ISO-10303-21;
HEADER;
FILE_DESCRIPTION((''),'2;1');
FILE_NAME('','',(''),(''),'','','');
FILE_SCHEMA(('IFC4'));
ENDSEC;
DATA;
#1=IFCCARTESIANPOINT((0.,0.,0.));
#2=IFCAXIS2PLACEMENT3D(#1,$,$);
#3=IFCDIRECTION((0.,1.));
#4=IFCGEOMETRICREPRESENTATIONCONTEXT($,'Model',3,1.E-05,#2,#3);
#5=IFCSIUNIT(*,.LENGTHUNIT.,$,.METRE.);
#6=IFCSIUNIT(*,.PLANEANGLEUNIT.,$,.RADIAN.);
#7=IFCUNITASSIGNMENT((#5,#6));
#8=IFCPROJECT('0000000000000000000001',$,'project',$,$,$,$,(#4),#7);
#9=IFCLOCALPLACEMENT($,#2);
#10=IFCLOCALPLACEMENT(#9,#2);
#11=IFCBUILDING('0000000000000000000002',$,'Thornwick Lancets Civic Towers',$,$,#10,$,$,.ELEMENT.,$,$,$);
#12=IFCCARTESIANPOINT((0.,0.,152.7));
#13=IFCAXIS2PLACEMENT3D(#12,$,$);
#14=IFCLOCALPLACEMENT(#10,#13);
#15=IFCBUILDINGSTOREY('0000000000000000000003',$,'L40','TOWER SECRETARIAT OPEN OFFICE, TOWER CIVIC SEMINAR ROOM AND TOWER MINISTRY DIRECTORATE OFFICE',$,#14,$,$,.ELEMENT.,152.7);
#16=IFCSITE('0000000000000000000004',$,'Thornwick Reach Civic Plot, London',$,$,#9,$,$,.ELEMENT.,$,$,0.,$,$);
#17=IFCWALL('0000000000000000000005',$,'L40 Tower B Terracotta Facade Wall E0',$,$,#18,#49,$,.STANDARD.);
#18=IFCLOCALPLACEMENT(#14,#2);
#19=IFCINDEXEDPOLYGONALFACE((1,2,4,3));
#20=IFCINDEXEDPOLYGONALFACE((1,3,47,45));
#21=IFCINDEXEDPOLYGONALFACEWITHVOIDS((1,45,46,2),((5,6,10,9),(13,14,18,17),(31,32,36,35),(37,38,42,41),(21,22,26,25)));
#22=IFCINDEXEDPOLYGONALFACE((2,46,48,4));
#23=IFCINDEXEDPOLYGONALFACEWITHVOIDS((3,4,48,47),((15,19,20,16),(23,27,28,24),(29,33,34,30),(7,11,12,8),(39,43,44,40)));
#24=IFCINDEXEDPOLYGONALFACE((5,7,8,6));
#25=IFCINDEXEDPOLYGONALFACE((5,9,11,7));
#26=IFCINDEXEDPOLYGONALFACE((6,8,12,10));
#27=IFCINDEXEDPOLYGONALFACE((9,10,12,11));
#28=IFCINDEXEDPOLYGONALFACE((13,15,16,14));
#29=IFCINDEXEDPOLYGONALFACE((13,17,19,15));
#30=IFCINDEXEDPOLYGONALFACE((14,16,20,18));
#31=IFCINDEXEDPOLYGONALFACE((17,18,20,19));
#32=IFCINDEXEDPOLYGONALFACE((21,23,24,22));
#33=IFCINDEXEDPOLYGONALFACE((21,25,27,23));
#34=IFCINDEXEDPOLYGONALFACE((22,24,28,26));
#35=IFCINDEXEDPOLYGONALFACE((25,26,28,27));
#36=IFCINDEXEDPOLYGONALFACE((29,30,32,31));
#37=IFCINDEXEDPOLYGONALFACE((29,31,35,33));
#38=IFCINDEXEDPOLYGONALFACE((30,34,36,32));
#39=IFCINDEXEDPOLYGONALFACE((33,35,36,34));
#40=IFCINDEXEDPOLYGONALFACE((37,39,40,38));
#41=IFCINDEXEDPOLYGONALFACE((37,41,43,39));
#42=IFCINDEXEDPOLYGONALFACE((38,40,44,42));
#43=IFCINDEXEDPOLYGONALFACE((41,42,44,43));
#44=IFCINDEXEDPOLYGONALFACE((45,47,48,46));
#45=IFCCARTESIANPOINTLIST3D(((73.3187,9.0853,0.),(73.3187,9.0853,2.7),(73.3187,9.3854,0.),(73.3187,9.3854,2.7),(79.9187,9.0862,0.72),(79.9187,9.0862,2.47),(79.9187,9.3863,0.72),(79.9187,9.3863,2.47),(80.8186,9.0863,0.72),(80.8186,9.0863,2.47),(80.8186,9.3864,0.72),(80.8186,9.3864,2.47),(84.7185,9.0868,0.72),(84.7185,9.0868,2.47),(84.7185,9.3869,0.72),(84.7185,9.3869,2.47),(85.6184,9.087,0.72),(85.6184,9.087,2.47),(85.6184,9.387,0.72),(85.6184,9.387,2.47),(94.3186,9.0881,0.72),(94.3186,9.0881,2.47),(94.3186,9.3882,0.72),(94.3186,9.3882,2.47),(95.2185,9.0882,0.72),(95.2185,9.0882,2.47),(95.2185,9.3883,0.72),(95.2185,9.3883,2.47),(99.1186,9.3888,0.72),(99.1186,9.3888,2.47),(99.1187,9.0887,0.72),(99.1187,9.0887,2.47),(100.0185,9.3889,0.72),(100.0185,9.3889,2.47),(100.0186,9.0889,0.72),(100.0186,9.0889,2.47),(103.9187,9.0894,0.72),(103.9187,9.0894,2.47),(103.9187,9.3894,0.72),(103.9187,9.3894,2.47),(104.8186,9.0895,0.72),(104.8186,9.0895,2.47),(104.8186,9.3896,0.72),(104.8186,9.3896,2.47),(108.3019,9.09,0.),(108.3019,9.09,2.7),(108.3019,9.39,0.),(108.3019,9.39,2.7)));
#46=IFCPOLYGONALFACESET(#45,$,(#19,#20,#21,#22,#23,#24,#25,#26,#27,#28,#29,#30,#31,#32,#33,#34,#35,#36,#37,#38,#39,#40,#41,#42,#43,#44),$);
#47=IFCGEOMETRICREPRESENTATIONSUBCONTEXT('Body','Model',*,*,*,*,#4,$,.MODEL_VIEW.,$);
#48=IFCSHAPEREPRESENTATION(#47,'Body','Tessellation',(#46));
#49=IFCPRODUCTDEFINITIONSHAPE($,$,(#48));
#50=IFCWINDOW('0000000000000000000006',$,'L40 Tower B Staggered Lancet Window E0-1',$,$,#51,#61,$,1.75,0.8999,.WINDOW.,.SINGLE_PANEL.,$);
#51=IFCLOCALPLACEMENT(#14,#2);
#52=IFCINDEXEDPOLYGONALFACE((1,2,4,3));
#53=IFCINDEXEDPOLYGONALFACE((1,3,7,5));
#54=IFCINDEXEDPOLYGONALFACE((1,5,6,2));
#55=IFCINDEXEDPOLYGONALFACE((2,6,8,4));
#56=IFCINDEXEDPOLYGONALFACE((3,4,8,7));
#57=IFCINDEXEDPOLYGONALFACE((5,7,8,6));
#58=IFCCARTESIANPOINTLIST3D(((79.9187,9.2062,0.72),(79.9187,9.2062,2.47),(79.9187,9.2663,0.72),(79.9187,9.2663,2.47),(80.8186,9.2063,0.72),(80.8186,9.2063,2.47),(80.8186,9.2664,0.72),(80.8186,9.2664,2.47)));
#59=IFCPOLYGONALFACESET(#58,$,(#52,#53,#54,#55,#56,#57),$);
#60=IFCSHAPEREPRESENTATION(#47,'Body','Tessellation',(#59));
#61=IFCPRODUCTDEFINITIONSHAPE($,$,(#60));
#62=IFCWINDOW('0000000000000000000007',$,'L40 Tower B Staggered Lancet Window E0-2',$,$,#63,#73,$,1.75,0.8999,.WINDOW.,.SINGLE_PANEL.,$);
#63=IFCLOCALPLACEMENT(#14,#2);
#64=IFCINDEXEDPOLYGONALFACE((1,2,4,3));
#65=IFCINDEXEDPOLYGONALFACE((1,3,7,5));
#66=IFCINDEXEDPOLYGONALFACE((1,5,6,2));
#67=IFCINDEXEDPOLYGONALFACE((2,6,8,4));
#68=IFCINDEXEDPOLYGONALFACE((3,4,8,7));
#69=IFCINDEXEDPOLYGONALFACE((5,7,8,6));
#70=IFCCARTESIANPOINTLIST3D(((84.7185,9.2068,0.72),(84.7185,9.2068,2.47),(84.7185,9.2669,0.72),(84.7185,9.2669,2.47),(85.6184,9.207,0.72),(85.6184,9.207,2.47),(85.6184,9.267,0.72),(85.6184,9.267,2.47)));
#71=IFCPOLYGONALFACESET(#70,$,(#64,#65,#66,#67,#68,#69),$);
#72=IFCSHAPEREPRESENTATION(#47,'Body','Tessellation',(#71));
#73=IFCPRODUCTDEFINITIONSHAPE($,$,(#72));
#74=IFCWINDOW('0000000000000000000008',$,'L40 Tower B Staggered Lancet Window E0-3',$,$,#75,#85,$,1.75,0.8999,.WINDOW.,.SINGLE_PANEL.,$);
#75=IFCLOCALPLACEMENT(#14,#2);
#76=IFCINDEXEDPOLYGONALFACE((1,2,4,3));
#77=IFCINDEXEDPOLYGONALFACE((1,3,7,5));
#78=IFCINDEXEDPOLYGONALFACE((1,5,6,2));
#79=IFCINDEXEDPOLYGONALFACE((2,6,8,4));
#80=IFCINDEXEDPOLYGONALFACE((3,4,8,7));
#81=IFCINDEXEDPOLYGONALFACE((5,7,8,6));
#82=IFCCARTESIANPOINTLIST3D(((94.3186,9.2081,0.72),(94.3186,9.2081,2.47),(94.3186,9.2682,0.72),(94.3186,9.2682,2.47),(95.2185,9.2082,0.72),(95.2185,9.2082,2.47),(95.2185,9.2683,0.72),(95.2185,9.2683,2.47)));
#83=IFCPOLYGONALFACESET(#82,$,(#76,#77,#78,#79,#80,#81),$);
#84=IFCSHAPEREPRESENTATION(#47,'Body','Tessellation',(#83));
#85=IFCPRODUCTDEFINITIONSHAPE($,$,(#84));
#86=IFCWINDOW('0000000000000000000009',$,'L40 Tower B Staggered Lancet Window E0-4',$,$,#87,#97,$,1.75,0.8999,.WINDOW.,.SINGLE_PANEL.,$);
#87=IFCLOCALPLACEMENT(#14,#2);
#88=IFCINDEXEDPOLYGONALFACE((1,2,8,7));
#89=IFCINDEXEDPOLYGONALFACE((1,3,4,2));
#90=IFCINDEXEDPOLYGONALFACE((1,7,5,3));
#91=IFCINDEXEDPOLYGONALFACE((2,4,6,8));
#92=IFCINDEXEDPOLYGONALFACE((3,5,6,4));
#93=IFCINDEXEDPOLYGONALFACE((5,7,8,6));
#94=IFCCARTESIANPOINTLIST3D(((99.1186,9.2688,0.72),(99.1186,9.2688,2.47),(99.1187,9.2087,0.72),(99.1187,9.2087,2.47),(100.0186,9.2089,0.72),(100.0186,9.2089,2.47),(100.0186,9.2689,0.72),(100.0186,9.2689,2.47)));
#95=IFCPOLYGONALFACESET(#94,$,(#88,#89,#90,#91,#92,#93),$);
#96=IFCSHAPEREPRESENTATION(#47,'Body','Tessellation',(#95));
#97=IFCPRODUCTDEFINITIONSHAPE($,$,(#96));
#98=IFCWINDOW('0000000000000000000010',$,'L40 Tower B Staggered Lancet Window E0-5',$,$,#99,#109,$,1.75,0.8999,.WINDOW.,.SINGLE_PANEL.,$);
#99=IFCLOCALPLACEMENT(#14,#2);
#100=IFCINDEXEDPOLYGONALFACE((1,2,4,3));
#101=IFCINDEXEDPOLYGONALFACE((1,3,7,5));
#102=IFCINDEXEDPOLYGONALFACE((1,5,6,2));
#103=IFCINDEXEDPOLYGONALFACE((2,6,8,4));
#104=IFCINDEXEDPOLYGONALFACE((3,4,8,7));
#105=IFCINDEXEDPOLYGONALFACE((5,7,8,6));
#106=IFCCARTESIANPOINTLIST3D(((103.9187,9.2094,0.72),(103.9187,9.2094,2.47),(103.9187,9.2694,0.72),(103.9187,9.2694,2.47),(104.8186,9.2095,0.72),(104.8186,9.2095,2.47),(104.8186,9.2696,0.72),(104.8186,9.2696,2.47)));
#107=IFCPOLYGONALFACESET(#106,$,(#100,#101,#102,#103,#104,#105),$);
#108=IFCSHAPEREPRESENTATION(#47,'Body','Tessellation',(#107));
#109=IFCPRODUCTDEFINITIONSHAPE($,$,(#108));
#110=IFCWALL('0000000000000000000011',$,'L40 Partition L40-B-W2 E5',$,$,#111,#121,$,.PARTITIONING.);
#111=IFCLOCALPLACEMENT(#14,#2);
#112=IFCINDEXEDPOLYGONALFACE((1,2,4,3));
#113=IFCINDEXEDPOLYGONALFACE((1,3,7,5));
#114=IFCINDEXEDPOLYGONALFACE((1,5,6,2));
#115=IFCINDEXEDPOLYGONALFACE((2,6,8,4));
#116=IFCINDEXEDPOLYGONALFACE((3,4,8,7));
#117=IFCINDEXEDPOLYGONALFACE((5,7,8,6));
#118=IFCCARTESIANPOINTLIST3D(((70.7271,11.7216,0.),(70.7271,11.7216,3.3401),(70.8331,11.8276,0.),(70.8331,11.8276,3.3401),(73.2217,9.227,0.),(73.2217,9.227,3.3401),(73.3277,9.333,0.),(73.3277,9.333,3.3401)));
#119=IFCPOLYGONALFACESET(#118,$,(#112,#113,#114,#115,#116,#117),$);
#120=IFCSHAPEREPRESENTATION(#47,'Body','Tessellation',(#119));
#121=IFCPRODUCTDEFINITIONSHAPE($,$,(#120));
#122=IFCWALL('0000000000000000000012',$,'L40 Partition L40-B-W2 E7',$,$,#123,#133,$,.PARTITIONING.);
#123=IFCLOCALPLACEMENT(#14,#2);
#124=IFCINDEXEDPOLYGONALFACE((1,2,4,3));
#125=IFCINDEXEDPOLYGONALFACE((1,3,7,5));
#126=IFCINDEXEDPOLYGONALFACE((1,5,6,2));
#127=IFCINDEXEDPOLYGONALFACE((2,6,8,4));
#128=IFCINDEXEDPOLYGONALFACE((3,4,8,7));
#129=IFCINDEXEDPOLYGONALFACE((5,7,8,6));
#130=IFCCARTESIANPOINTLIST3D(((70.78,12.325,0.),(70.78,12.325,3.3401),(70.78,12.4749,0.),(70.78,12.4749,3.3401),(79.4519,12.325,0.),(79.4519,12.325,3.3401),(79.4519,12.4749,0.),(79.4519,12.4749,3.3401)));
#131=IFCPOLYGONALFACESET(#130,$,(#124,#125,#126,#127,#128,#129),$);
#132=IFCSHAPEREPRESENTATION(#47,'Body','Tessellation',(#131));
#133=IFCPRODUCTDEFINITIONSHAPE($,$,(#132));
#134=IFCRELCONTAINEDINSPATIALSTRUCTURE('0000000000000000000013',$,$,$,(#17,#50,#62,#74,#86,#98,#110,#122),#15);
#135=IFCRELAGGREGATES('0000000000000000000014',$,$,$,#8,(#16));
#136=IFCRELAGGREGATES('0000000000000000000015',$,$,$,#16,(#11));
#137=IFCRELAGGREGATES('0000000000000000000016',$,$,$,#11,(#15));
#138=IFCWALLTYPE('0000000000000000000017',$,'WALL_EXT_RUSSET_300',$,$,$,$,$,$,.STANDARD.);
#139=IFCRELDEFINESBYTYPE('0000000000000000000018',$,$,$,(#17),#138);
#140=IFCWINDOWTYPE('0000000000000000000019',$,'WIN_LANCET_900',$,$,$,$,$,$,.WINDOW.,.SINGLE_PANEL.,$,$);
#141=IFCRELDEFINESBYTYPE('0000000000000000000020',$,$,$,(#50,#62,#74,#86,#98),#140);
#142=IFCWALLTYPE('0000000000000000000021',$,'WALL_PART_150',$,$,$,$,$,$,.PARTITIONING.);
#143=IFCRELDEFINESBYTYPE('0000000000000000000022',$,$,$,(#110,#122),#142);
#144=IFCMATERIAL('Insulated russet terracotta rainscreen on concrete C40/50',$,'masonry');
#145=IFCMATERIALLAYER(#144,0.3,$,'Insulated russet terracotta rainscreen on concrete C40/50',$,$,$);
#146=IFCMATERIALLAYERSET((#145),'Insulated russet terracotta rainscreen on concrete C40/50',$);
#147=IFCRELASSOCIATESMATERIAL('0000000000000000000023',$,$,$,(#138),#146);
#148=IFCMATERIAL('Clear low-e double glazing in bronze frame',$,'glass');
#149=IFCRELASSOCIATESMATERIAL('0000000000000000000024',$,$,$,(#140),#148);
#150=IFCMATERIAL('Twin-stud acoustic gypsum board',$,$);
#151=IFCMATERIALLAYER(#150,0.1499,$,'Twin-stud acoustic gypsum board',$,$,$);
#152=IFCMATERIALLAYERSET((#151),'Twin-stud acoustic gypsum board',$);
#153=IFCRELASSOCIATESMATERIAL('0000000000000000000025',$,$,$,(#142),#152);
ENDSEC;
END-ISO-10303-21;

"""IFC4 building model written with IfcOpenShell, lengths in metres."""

from ifc_helpers import new_model, si_unit, direction, frame, frame_2d, origin, place, context, subcontext, project, spatial, rectangle, extrude, material, layer, layer_set, type_object, element, fill, save


model = new_model("IFC4")

# Units and contexts
model_context = context("Model", 3, precision=1e-05, world=origin(), true_north=direction((0.0, 1.0)))
body_context = subcontext(model_context, "Body", "Model", "MODEL_VIEW")
ifc_project = project(units=[si_unit("LENGTHUNIT", "METRE"), si_unit("PLANEANGLEUNIT", "RADIAN")], contexts=[model_context])

# Site, building, storey
site_placement = place(None, origin())
site = spatial("IfcSite", under=ifc_project, at=site_placement, Name="Thornwick Reach Civic Plot, London", CompositionType="ELEMENT", RefElevation=0.0)
building_placement = place(site_placement, origin())
building = spatial("IfcBuilding", under=site, at=building_placement, Name="Thornwick Lancets Civic Towers", CompositionType="ELEMENT")
storey_placement = place(building_placement, frame((0.0, 0.0, 152.7)))
storey = spatial("IfcBuildingStorey", under=building, at=storey_placement, Name="L40", Description="TOWER SECRETARIAT OPEN OFFICE, TOWER CIVIC SEMINAR ROOM AND TOWER MINISTRY DIRECTORATE OFFICE", CompositionType="ELEMENT", Elevation=152.7)

# Wall, openings, windows
ifc_material_1 = material(Name="Insulated russet terracotta rainscreen on concrete C40/50", Category="masonry")
ifc_layer_1 = layer(ifc_material_1, 0.3, Name="Insulated russet terracotta rainscreen on concrete C40/50")
ifc_layer_set_1 = layer_set([ifc_layer_1], Name="Insulated russet terracotta rainscreen on concrete C40/50")
wall_type_1 = type_object("IfcWallType", Name="WALL_EXT_RUSSET_300", PredefinedType="STANDARD", material=ifc_layer_set_1)
ifc_material_2 = material(Name="Clear low-e double glazing in bronze frame", Category="glass")
window_type = type_object("IfcWindowType", Name="WIN_LANCET_900", PartitioningType="SINGLE_PANEL", PredefinedType="WINDOW", material=ifc_material_2)
wall_1_placement = place(storey_placement, frame((73.3186, 9.2354, 0.0), z_axis=(0.0, 0.0, 1.0), x_axis=(1.0, 0.000133, 0.0)))
wall_1 = element("IfcWall", 1, at=wall_1_placement, inside=storey, type_object=wall_type_1, Name="L40 Tower B Terracotta Facade Wall E0", PredefinedType="STANDARD", context=body_context, shape_type="SweptSolid", body=[
    extrude(rectangle(XDim=34.9832, YDim=0.3, at=frame_2d((17.4917, 0.0))), origin(), (0.0, 0.0, 1.0), 2.7),
])
opening_1_placement = place(wall_1_placement, frame((6.6001, 0.0, 0.72)))
opening_1 = element("IfcOpeningElement", 2, at=opening_1_placement, cuts=wall_1, PredefinedType="OPENING", context=body_context, shape_type="SweptSolid", body=[
    extrude(rectangle(XDim=0.8999, YDim=1.75, at=frame_2d((0.45, 0.875))), frame((0.0, 0.1602, 0.0), z_axis=(0.0, -1.0, 0.0), x_axis=(1.0, 0.0, 0.0)), (0.0, 0.0, 1.0), 0.3201),
])
opening_2_placement = place(wall_1_placement, frame((11.3999, 0.0, 0.72)))
opening_2 = element("IfcOpeningElement", 3, at=opening_2_placement, cuts=wall_1, PredefinedType="OPENING", context=body_context, shape_type="SweptSolid", body=[
    extrude(rectangle(XDim=0.8999, YDim=1.75, at=frame_2d((0.45, 0.875))), frame((0.0, 0.1602, 0.0), z_axis=(0.0, -1.0, 0.0), x_axis=(1.0, 0.0, 0.0)), (0.0, 0.0, 1.0), 0.3201),
])
opening_3_placement = place(wall_1_placement, frame((21.0, 0.0, 0.72)))
opening_3 = element("IfcOpeningElement", 4, at=opening_3_placement, cuts=wall_1, PredefinedType="OPENING", context=body_context, shape_type="SweptSolid", body=[
    extrude(rectangle(XDim=0.8999, YDim=1.75, at=frame_2d((0.45, 0.875))), frame((0.0, 0.1602, 0.0), z_axis=(0.0, -1.0, 0.0), x_axis=(1.0, 0.0, 0.0)), (0.0, 0.0, 1.0), 0.3201),
])
opening_4_placement = place(wall_1_placement, frame((25.8, 0.0, 0.72)))
opening_4 = element("IfcOpeningElement", 5, at=opening_4_placement, cuts=wall_1, PredefinedType="OPENING", context=body_context, shape_type="SweptSolid", body=[
    extrude(rectangle(XDim=0.8999, YDim=1.75, at=frame_2d((0.45, 0.875))), frame((0.0, 0.1602, 0.0), z_axis=(0.0, -1.0, 0.0), x_axis=(1.0, 0.0, 0.0)), (0.0, 0.0, 1.0), 0.3201),
])
opening_5_placement = place(wall_1_placement, frame((30.6001, 0.0, 0.72)))
opening_5 = element("IfcOpeningElement", 6, at=opening_5_placement, cuts=wall_1, PredefinedType="OPENING", context=body_context, shape_type="SweptSolid", body=[
    extrude(rectangle(XDim=0.8999, YDim=1.75, at=frame_2d((0.45, 0.875))), frame((0.0, 0.1602, 0.0), z_axis=(0.0, -1.0, 0.0), x_axis=(1.0, 0.0, 0.0)), (0.0, 0.0, 1.0), 0.3201),
])
window_1_placement = place(opening_1_placement, origin())
window_1 = element("IfcWindow", 7, at=window_1_placement, inside=storey, type_object=window_type, Name="L40 Tower B Staggered Lancet Window E0-1", OverallHeight=1.75, OverallWidth=0.8999, PartitioningType="SINGLE_PANEL", PredefinedType="WINDOW", context=body_context, shape_type="SweptSolid", body=[
    extrude(rectangle(XDim=0.8999, YDim=1.75, at=frame_2d((0.45, 0.875))), frame((0.0, 0.03, 0.0), z_axis=(0.0, -1.0, 0.0), x_axis=(1.0, 0.0, 0.0)), (0.0, 0.0, 1.0), 0.0601),
])
fill(opening_1, window_1)
window_2_placement = place(opening_2_placement, origin())
window_2 = element("IfcWindow", 8, at=window_2_placement, inside=storey, type_object=window_type, Name="L40 Tower B Staggered Lancet Window E0-2", OverallHeight=1.75, OverallWidth=0.8999, PartitioningType="SINGLE_PANEL", PredefinedType="WINDOW", context=body_context, shape_type="SweptSolid", body=[
    extrude(rectangle(XDim=0.8999, YDim=1.75, at=frame_2d((0.45, 0.875))), frame((0.0, 0.03, 0.0), z_axis=(0.0, -1.0, 0.0), x_axis=(1.0, 0.0, 0.0)), (0.0, 0.0, 1.0), 0.0601),
])
fill(opening_2, window_2)
window_3_placement = place(opening_3_placement, origin())
window_3 = element("IfcWindow", 9, at=window_3_placement, inside=storey, type_object=window_type, Name="L40 Tower B Staggered Lancet Window E0-3", OverallHeight=1.75, OverallWidth=0.8999, PartitioningType="SINGLE_PANEL", PredefinedType="WINDOW", context=body_context, shape_type="SweptSolid", body=[
    extrude(rectangle(XDim=0.8999, YDim=1.75, at=frame_2d((0.45, 0.875))), frame((0.0, 0.03, 0.0), z_axis=(0.0, -1.0, 0.0), x_axis=(1.0, 0.0, 0.0)), (0.0, 0.0, 1.0), 0.0601),
])
fill(opening_3, window_3)
window_4_placement = place(opening_4_placement, origin())
window_4 = element("IfcWindow", 10, at=window_4_placement, inside=storey, type_object=window_type, Name="L40 Tower B Staggered Lancet Window E0-4", OverallHeight=1.75, OverallWidth=0.8999, PartitioningType="SINGLE_PANEL", PredefinedType="WINDOW", context=body_context, shape_type="SweptSolid", body=[
    extrude(rectangle(XDim=0.8999, YDim=1.75, at=frame_2d((0.45, 0.875))), frame((0.0, 0.03, 0.0), z_axis=(0.0, -1.0, 0.0), x_axis=(1.0, 0.0, 0.0)), (0.0, 0.0, 1.0), 0.0601),
])
fill(opening_4, window_4)
window_5_placement = place(opening_5_placement, origin())
window_5 = element("IfcWindow", 11, at=window_5_placement, inside=storey, type_object=window_type, Name="L40 Tower B Staggered Lancet Window E0-5", OverallHeight=1.75, OverallWidth=0.8999, PartitioningType="SINGLE_PANEL", PredefinedType="WINDOW", context=body_context, shape_type="SweptSolid", body=[
    extrude(rectangle(XDim=0.8999, YDim=1.75, at=frame_2d((0.45, 0.875))), frame((0.0, 0.03, 0.0), z_axis=(0.0, -1.0, 0.0), x_axis=(1.0, 0.0, 0.0)), (0.0, 0.0, 1.0), 0.0601),
])
fill(opening_5, window_5)

# Walls
ifc_material_3 = material(Name="Twin-stud acoustic gypsum board")
ifc_layer_2 = layer(ifc_material_3, 0.1499, Name="Twin-stud acoustic gypsum board")
ifc_layer_set_2 = layer_set([ifc_layer_2], Name="Twin-stud acoustic gypsum board")
wall_type_2 = type_object("IfcWallType", Name="WALL_PART_150", PredefinedType="PARTITIONING", material=ifc_layer_set_2)
wall_2_placement = place(storey_placement, frame((73.2747, 9.28, 0.0), z_axis=(0.0, 0.0, 1.0), x_axis=(-0.707107, 0.707107, 0.0)))
element("IfcWall", 12, at=wall_2_placement, inside=storey, type_object=wall_type_2, Name="L40 Partition L40-B-W2 E5", PredefinedType="PARTITIONING", context=body_context, shape_type="SweptSolid", body=[
    extrude(rectangle(XDim=3.5278, YDim=0.1499, at=frame_2d((1.7639, 0.0))), origin(), (0.0, 0.0, 1.0), 3.3401),
])
wall_3_placement = place(storey_placement, frame((70.78, 12.3999, 0.0), z_axis=(0.0, 0.0, 1.0), x_axis=(1.0, 0.0, 0.0)))
element("IfcWall", 13, at=wall_3_placement, inside=storey, type_object=wall_type_2, Name="L40 Partition L40-B-W2 E7", PredefinedType="PARTITIONING", context=body_context, shape_type="SweptSolid", body=[
    extrude(rectangle(XDim=8.6719, YDim=0.1499, at=frame_2d((4.3359, 0.0))), origin(), (0.0, 0.0, 1.0), 3.3401),
])

save(model, "model.ifc")
